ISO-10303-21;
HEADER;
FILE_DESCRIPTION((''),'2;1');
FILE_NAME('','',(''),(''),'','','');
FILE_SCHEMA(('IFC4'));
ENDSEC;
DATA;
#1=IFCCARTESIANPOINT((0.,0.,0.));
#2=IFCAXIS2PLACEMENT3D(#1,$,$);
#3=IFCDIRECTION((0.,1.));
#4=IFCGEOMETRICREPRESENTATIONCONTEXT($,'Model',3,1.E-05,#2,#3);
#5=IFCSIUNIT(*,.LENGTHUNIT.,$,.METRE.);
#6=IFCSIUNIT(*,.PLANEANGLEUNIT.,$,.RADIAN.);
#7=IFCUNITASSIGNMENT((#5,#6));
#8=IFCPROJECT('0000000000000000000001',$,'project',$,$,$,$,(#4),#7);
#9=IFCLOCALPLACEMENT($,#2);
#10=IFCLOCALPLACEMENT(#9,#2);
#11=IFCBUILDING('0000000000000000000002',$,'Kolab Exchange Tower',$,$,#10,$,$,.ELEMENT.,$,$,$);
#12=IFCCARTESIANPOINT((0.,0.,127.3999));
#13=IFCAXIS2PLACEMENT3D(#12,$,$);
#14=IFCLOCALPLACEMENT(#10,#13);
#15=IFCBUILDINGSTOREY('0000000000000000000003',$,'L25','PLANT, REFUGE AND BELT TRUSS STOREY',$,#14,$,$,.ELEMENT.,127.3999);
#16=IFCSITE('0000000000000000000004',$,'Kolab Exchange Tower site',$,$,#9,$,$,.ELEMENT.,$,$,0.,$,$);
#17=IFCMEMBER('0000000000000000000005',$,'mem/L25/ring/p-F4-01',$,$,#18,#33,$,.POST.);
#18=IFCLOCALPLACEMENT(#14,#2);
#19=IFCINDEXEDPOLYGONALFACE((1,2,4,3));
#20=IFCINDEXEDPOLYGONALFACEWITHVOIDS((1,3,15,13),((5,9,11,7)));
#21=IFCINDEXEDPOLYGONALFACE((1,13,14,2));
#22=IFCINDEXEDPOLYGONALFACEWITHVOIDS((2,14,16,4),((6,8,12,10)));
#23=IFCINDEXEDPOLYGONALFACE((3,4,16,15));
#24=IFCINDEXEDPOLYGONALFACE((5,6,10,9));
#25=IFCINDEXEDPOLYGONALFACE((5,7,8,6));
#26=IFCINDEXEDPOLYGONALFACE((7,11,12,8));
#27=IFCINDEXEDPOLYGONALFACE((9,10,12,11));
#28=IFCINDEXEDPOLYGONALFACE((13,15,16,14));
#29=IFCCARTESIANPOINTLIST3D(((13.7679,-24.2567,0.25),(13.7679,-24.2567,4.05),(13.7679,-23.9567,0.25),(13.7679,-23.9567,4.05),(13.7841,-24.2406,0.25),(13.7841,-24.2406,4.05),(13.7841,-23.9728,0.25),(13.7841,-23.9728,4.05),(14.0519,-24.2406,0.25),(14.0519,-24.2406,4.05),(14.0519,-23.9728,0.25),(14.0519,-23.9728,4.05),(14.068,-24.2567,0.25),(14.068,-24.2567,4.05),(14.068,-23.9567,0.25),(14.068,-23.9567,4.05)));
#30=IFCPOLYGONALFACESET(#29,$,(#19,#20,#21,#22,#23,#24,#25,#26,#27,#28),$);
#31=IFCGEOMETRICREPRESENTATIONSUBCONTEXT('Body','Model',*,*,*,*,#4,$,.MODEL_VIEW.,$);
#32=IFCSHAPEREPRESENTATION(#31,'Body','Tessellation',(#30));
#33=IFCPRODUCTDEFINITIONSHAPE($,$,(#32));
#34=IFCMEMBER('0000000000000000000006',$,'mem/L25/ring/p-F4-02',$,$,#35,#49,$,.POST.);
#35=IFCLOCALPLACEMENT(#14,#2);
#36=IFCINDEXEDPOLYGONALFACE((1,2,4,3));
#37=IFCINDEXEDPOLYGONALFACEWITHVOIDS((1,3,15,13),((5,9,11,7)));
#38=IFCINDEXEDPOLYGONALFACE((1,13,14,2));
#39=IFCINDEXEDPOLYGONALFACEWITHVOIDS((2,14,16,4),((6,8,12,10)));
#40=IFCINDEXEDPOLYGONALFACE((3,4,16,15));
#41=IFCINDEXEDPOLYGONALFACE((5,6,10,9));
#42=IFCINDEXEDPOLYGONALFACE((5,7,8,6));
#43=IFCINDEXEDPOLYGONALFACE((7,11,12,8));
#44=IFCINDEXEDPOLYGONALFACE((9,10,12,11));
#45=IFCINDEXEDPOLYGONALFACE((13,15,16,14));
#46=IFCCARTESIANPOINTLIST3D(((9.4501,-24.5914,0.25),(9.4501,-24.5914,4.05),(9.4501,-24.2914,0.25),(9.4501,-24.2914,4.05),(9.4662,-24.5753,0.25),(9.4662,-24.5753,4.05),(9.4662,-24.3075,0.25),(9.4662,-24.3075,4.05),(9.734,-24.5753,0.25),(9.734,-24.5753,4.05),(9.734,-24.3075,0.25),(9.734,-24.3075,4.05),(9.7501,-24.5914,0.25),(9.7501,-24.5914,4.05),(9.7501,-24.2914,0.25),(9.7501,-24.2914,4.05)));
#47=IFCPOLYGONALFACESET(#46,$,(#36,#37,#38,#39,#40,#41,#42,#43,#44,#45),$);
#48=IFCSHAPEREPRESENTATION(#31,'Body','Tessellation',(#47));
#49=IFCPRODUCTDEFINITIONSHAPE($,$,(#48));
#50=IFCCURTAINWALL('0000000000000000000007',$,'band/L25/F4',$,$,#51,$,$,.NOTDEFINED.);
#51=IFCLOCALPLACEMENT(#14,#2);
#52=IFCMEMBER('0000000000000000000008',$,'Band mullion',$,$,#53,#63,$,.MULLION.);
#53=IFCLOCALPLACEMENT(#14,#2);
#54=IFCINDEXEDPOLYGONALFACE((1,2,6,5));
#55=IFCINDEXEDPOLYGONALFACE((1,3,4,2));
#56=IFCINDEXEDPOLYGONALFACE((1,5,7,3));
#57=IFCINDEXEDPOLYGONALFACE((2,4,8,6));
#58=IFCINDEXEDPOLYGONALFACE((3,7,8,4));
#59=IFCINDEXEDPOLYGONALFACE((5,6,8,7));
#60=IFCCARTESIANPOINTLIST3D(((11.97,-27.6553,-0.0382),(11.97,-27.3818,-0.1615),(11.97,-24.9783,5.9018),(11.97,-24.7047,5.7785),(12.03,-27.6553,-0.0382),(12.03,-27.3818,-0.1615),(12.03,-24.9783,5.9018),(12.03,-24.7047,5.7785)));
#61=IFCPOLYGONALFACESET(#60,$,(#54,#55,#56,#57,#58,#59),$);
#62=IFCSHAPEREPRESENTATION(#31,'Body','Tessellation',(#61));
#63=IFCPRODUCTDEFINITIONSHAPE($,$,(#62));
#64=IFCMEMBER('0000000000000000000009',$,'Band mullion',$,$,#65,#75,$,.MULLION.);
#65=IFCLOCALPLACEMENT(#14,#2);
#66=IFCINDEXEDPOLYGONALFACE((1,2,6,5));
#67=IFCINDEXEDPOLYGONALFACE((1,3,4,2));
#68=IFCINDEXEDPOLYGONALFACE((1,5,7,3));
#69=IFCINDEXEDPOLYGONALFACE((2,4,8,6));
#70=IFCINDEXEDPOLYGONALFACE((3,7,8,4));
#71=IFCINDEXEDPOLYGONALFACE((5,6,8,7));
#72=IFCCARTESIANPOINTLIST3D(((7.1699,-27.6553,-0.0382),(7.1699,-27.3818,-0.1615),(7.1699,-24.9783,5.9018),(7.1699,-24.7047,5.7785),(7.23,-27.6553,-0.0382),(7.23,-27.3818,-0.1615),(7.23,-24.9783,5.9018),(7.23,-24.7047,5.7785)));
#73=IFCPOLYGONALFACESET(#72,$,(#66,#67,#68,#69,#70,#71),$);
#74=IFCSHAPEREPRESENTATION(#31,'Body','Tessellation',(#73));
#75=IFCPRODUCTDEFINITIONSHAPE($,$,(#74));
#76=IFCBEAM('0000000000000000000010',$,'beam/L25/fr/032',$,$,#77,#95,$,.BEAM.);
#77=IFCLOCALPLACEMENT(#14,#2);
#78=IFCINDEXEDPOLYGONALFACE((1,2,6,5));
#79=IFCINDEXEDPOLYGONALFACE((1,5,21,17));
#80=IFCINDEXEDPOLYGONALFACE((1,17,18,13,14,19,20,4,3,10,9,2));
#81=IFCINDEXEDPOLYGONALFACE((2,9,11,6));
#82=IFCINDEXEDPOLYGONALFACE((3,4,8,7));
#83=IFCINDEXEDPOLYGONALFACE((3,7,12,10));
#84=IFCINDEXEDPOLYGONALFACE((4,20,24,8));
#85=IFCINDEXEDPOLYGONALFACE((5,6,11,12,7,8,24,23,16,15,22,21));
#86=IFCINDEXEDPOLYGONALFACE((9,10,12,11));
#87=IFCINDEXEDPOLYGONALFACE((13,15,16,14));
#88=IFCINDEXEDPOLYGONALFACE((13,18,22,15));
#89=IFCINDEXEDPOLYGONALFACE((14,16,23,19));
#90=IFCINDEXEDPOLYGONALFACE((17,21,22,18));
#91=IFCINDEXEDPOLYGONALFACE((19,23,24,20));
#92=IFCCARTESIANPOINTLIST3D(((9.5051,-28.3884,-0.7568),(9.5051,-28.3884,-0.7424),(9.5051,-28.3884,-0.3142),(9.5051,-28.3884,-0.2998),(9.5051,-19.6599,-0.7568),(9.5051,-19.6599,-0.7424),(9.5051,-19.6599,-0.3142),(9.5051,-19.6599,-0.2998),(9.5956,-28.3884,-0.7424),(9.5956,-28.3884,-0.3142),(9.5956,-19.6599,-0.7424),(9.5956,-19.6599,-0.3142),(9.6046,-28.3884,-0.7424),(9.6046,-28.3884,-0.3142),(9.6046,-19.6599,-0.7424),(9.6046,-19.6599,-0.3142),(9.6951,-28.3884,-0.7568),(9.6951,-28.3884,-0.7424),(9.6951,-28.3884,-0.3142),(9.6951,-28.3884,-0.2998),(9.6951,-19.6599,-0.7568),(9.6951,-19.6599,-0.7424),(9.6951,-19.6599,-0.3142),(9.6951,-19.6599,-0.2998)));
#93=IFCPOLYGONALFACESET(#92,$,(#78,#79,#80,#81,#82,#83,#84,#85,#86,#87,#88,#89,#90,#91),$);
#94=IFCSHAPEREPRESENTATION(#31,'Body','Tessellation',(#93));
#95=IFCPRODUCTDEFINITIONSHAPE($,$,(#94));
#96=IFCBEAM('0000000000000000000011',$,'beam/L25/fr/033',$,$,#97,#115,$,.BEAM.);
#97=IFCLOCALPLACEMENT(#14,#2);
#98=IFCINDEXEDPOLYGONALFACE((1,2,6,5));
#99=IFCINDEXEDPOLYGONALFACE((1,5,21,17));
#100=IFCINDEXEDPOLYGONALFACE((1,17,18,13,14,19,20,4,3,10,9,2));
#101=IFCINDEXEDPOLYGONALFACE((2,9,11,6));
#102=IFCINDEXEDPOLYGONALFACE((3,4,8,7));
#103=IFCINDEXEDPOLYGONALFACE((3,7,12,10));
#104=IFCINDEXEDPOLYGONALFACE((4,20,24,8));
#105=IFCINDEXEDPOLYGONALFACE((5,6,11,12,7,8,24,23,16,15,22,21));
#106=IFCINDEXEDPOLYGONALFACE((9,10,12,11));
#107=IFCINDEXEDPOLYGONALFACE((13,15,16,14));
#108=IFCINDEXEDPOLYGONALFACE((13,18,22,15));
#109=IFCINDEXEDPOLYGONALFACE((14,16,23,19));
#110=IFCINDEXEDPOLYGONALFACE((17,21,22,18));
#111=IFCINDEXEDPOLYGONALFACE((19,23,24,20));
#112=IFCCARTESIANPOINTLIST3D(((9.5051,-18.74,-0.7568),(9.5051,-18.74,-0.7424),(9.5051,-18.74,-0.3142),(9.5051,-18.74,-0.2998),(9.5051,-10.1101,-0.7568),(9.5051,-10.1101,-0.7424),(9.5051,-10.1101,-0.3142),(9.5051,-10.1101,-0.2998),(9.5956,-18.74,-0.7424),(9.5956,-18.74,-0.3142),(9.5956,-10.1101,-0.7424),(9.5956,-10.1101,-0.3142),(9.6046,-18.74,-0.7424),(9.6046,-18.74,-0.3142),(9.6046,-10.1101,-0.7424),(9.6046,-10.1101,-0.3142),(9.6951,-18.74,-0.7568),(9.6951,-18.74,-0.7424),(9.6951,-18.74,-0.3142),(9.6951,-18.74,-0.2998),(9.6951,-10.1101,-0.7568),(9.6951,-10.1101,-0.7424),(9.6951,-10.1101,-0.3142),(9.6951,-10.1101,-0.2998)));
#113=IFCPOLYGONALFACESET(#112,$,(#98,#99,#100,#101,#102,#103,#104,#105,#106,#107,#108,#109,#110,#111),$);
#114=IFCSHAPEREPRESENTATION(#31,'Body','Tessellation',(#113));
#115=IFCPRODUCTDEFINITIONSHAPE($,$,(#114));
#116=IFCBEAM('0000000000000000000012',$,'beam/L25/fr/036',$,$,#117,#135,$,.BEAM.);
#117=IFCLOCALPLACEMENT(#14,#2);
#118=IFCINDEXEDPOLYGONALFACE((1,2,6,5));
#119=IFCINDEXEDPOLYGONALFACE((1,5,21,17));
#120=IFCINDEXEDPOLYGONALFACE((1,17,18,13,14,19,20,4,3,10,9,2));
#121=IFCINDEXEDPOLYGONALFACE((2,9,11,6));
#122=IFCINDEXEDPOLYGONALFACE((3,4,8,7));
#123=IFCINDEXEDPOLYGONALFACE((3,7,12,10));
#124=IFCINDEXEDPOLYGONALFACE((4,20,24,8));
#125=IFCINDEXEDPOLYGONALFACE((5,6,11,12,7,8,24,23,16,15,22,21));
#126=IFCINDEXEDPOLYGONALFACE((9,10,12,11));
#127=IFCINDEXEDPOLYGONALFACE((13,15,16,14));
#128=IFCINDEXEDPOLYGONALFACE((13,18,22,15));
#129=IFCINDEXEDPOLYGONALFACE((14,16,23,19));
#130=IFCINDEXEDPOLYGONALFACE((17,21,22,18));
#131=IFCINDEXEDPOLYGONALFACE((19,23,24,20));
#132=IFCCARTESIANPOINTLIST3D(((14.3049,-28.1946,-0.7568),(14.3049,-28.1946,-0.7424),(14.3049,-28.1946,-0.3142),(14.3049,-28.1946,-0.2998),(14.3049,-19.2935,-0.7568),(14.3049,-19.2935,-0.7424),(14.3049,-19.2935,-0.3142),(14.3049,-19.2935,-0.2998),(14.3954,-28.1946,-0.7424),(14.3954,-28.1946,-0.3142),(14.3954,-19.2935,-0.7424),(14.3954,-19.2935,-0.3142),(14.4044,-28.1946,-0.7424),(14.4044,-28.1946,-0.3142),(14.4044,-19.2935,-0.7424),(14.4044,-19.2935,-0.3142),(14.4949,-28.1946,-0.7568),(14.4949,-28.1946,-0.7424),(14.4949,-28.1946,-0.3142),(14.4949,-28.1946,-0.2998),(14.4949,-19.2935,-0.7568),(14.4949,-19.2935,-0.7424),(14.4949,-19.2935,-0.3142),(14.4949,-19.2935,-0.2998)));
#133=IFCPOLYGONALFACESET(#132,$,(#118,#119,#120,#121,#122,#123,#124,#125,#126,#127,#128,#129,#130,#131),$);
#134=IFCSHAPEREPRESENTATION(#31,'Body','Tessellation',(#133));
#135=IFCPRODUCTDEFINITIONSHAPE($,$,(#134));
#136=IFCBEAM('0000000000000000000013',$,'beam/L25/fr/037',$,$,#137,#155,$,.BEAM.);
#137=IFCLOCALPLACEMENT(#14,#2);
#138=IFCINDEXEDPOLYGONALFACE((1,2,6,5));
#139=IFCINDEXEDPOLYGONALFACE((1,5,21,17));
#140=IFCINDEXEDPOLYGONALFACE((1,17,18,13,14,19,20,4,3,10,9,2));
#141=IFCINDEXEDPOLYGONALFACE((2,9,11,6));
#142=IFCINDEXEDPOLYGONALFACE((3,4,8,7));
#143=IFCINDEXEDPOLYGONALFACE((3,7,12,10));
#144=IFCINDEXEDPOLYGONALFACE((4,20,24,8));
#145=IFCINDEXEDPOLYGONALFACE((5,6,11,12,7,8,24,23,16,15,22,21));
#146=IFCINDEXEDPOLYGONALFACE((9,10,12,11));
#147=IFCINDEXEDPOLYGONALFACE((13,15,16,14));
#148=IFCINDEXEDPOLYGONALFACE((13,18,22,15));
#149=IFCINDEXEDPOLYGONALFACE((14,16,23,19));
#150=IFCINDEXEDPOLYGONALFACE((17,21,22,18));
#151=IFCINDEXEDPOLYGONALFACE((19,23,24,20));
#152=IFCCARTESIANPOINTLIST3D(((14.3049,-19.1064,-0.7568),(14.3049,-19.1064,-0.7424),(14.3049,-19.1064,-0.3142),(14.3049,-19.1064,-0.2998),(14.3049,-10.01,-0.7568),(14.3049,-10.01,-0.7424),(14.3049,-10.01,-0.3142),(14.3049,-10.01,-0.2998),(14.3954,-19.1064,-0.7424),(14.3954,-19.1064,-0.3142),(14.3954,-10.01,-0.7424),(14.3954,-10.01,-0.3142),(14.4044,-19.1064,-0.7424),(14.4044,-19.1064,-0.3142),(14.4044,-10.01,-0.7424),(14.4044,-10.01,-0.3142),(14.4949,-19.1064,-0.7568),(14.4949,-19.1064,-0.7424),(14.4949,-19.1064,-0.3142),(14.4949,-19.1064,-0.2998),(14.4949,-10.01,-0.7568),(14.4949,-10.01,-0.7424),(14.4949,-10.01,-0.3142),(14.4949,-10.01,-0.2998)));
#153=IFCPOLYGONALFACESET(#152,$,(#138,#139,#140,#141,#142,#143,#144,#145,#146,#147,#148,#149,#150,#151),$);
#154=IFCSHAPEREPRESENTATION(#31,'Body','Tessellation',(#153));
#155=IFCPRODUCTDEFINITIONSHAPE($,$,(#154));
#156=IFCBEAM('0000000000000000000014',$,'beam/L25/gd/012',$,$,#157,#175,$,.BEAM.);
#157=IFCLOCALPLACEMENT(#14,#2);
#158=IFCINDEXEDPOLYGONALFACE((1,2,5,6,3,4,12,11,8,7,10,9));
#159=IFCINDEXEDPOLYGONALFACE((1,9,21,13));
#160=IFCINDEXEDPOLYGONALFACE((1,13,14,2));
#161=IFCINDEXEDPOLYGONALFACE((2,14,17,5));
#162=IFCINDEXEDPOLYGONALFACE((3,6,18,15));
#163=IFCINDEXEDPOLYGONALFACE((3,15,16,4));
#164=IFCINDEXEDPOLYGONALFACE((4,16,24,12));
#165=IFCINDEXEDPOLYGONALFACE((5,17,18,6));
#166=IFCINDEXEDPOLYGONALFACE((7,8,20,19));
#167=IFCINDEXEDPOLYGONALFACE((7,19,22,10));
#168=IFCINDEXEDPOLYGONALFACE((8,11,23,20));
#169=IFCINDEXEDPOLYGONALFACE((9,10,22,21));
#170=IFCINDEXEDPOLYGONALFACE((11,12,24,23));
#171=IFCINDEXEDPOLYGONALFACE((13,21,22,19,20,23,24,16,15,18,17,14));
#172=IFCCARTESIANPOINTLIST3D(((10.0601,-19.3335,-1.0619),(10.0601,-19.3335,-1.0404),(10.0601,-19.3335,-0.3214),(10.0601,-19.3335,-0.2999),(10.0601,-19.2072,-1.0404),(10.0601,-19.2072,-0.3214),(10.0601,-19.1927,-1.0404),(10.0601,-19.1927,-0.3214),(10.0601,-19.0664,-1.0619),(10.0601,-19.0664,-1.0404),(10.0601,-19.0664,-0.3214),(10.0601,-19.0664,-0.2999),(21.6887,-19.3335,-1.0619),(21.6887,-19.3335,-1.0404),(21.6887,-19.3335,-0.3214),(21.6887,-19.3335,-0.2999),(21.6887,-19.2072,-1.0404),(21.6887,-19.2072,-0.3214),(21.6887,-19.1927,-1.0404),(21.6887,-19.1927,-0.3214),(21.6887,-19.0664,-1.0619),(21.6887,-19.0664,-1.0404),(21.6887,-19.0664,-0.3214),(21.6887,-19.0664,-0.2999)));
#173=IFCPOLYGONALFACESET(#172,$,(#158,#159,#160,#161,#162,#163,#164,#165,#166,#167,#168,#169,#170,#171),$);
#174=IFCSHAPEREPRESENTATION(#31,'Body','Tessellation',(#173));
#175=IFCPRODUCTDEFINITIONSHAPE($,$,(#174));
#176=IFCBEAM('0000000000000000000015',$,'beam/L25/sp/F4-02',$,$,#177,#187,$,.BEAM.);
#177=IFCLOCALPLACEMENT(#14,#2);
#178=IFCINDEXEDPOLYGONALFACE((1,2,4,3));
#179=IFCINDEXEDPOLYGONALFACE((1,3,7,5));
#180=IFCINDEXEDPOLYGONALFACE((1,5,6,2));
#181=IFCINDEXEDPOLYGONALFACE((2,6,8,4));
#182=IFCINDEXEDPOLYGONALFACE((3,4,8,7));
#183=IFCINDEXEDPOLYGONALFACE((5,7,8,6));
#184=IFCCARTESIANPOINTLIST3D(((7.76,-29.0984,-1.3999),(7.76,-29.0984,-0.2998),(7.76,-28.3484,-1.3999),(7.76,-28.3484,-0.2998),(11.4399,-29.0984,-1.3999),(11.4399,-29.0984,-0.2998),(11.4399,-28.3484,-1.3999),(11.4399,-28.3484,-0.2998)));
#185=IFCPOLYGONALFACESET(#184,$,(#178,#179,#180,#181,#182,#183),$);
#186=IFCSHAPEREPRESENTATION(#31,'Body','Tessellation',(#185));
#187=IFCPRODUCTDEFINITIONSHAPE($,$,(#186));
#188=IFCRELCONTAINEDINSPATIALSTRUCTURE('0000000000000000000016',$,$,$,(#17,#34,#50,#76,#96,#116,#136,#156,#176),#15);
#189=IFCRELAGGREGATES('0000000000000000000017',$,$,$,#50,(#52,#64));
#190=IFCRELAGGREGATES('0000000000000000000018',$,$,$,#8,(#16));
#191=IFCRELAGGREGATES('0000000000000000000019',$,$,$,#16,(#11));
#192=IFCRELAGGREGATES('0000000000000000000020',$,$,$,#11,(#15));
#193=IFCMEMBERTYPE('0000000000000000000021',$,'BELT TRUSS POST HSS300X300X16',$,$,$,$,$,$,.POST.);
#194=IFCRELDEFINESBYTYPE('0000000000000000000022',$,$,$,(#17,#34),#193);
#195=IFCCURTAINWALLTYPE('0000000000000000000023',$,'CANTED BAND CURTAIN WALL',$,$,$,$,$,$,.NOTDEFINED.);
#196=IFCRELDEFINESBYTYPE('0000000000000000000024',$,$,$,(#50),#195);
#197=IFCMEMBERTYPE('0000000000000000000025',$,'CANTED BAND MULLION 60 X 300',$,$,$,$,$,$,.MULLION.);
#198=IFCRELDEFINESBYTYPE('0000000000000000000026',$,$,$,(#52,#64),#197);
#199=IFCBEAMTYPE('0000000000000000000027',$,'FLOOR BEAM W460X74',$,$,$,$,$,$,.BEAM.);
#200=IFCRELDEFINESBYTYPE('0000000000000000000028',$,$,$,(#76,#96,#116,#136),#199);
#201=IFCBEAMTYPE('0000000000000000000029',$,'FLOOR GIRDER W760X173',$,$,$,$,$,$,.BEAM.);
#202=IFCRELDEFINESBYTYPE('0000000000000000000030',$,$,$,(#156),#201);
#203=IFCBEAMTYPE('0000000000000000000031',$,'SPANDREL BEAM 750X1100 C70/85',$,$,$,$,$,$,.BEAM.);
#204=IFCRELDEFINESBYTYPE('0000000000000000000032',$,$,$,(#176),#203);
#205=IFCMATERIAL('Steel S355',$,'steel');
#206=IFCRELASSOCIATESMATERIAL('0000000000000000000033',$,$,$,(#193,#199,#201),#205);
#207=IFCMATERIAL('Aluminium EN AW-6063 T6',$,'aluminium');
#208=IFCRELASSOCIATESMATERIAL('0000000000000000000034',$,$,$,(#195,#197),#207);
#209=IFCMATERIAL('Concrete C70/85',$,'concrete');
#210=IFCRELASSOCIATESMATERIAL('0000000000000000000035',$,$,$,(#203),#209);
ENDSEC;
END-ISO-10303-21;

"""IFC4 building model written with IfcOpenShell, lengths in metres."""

from ifc_helpers import new_model, si_unit, direction, frame, origin, origin_2d, place, context, subcontext, project, spatial, rectangle, hollow_rectangle, i_section, extrude, material, material_profile, profile_set, type_object, element, aggregate, save


model = new_model("IFC4")

# Units and contexts
model_context = context("Model", 3, precision=1e-05, world=origin(), true_north=direction((0.0, 1.0)))
body_context = subcontext(model_context, "Body", "Model", "MODEL_VIEW")
ifc_project = project(units=[si_unit("LENGTHUNIT", "METRE"), si_unit("PLANEANGLEUNIT", "RADIAN")], contexts=[model_context])

# Site, building, storey
site_placement = place(None, origin())
site = spatial("IfcSite", under=ifc_project, at=site_placement, Name="Kolab Exchange Tower site", CompositionType="ELEMENT", RefElevation=0.0)
building_placement = place(site_placement, origin())
building = spatial("IfcBuilding", under=site, at=building_placement, Name="Kolab Exchange Tower", CompositionType="ELEMENT")
storey_placement = place(building_placement, frame((0.0, 0.0, 127.3999)))
storey = spatial("IfcBuildingStorey", under=building, at=storey_placement, Name="L25", Description="PLANT, REFUGE AND BELT TRUSS STOREY", CompositionType="ELEMENT", Elevation=127.3999)

# Shared definitions
ifc_material_1 = material(Name="Concrete C70/85", Category="concrete")

# Shared definitions
ifc_material_2 = material(Name="Steel S355", Category="steel")

# Members
ifc_material_profile_1 = material_profile(ifc_material_2, hollow_rectangle(XDim=0.3, YDim=0.3, WallThickness=0.0161, at=origin_2d()), Name="HSS300X300X16")
ifc_profile_set_1 = profile_set([ifc_material_profile_1], Name="Steel S355")
member_type_1 = type_object("IfcMemberType", Name="BELT TRUSS POST HSS300X300X16", PredefinedType="POST", material=ifc_profile_set_1)
for number, where, z_axis, x_axis, name in (
    (1, (13.918, -24.1067, 0.25), (0.0, 0.0, 1.0), (1.0, 0.0, 0.0), "mem/L25/ring/p-F4-01"),
    (2, (9.6001, -24.4414, 0.25), (0.0, 0.0, 1.0), (1.0, 0.0, 0.0), "mem/L25/ring/p-F4-02"),
):
    element("IfcMember", number, at=place(storey_placement, frame(where, z_axis=z_axis, x_axis=x_axis)), inside=storey, type_object=member_type_1, Name=name, PredefinedType="POST", context=body_context, shape_type="SweptSolid", body=[
        extrude(hollow_rectangle(XDim=0.3, YDim=0.3, WallThickness=0.0161, at=origin_2d()), origin(), (0.0, 0.0, 1.0), 3.8),
    ])

# Curtain wall, members
ifc_material_3 = material(Name="Aluminium EN AW-6063 T6", Category="aluminium")
curtain_wall_type = type_object("IfcCurtainWallType", Name="CANTED BAND CURTAIN WALL", PredefinedType="NOTDEFINED", material=ifc_material_3)
curtain_wall_placement = place(storey_placement, origin())
curtain_wall = element("IfcCurtainWall", 3, at=curtain_wall_placement, inside=storey, type_object=curtain_wall_type, Name="band/L25/F4", PredefinedType="NOTDEFINED")
ifc_material_profile_2 = material_profile(ifc_material_3, rectangle(XDim=0.0601, YDim=0.3, at=origin_2d()), Name="RECT 60X300")
ifc_profile_set_2 = profile_set([ifc_material_profile_2], Name="Aluminium EN AW-6063 T6")
member_type_2 = type_object("IfcMemberType", Name="CANTED BAND MULLION 60 X 300", PredefinedType="MULLION", material=ifc_profile_set_2)
member_1_placement = place(storey_placement, frame((12.0, -27.5186, -0.0999), z_axis=(0.0, 0.410879, 0.91169), x_axis=(-1.0, 0.0, 0.0)))
member_1 = element("IfcMember", 4, at=member_1_placement, type_object=member_type_2, Name="Band mullion", PredefinedType="MULLION", context=body_context, shape_type="SweptSolid", body=[
    extrude(rectangle(XDim=0.0601, YDim=0.3, at=origin_2d()), origin(), (0.0, 0.0, 1.0), 6.5154),
])
member_2_placement = place(storey_placement, frame((7.2, -27.5186, -0.0999), z_axis=(0.0, 0.410879, 0.91169), x_axis=(-1.0, 0.0, 0.0)))
member_2 = element("IfcMember", 5, at=member_2_placement, type_object=member_type_2, Name="Band mullion", PredefinedType="MULLION", context=body_context, shape_type="SweptSolid", body=[
    extrude(rectangle(XDim=0.0601, YDim=0.3, at=origin_2d()), origin(), (0.0, 0.0, 1.0), 6.5154),
])

# Beams
ifc_material_profile_3 = material_profile(ifc_material_2, i_section(OverallWidth=0.1899, OverallDepth=0.457, WebThickness=0.009, FlangeThickness=0.0144, at=origin_2d()), Name="W460X74")
ifc_profile_set_3 = profile_set([ifc_material_profile_3], Name="Steel S355")
beam_type_1 = type_object("IfcBeamType", Name="FLOOR BEAM W460X74", PredefinedType="BEAM", material=ifc_profile_set_3)
beam_1_placement = place(storey_placement, frame((9.6001, -28.3884, -0.5283), z_axis=(0.0, 1.0, 0.0), x_axis=(-1.0, 0.0, 0.0)))
element("IfcBeam", 6, at=beam_1_placement, inside=storey, type_object=beam_type_1, Name="beam/L25/fr/032", PredefinedType="BEAM", context=body_context, shape_type="SweptSolid", body=[
    extrude(i_section(OverallWidth=0.1899, OverallDepth=0.457, WebThickness=0.009, FlangeThickness=0.0144, at=origin_2d()), origin(), (0.0, 0.0, 1.0), 8.7285),
])
beam_2_placement = place(storey_placement, frame((9.6001, -18.74, -0.5283), z_axis=(0.0, 1.0, 0.0), x_axis=(-1.0, 0.0, 0.0)))
element("IfcBeam", 7, at=beam_2_placement, inside=storey, type_object=beam_type_1, Name="beam/L25/fr/033", PredefinedType="BEAM", context=body_context, shape_type="SweptSolid", body=[
    extrude(i_section(OverallWidth=0.1899, OverallDepth=0.457, WebThickness=0.009, FlangeThickness=0.0144, at=origin_2d()), origin(), (0.0, 0.0, 1.0), 8.6299),
])
beam_3_placement = place(storey_placement, frame((14.3999, -28.1946, -0.5283), z_axis=(0.0, 1.0, 0.0), x_axis=(-1.0, 0.0, 0.0)))
element("IfcBeam", 8, at=beam_3_placement, inside=storey, type_object=beam_type_1, Name="beam/L25/fr/036", PredefinedType="BEAM", context=body_context, shape_type="SweptSolid", body=[
    extrude(i_section(OverallWidth=0.1899, OverallDepth=0.457, WebThickness=0.009, FlangeThickness=0.0144, at=origin_2d()), origin(), (0.0, 0.0, 1.0), 8.9011),
])
beam_4_placement = place(storey_placement, frame((14.3999, -19.1064, -0.5283), z_axis=(0.0, 1.0, 0.0), x_axis=(-1.0, 0.0, 0.0)))
element("IfcBeam", 9, at=beam_4_placement, inside=storey, type_object=beam_type_1, Name="beam/L25/fr/037", PredefinedType="BEAM", context=body_context, shape_type="SweptSolid", body=[
    extrude(i_section(OverallWidth=0.1899, OverallDepth=0.457, WebThickness=0.009, FlangeThickness=0.0144, at=origin_2d()), origin(), (0.0, 0.0, 1.0), 9.0964),
])
ifc_material_profile_4 = material_profile(ifc_material_2, i_section(OverallWidth=0.2671, OverallDepth=0.762, WebThickness=0.0144, FlangeThickness=0.0215, at=origin_2d()), Name="W760X173")
ifc_profile_set_4 = profile_set([ifc_material_profile_4], Name="Steel S355")
beam_type_2 = type_object("IfcBeamType", Name="FLOOR GIRDER W760X173", PredefinedType="BEAM", material=ifc_profile_set_4)
beam_5_placement = place(storey_placement, frame((10.0601, -19.2, -0.6809), z_axis=(1.0, 0.0, 0.0), x_axis=(0.0, 1.0, 0.0)))
element("IfcBeam", 10, at=beam_5_placement, inside=storey, type_object=beam_type_2, Name="beam/L25/gd/012", PredefinedType="BEAM", context=body_context, shape_type="SweptSolid", body=[
    extrude(i_section(OverallWidth=0.2671, OverallDepth=0.762, WebThickness=0.0144, FlangeThickness=0.0215, at=origin_2d()), origin(), (0.0, 0.0, 1.0), 11.6287),
])
ifc_material_profile_5 = material_profile(ifc_material_1, rectangle(XDim=0.75, YDim=1.1001, at=origin_2d()), Name="RC750X1100")
ifc_profile_set_5 = profile_set([ifc_material_profile_5], Name="Concrete C70/85")
beam_type_3 = type_object("IfcBeamType", Name="SPANDREL BEAM 750X1100 C70/85", PredefinedType="BEAM", material=ifc_profile_set_5)
for number, where, z_axis, x_axis, name in (
    (11, (11.4399, -28.7234, -0.8499), (-1.0, 0.0, 0.0), (0.0, -1.0, 0.0), "beam/L25/sp/F4-02"),
):
    element("IfcBeam", number, at=place(storey_placement, frame(where, z_axis=z_axis, x_axis=x_axis)), inside=storey, type_object=beam_type_3, Name=name, PredefinedType="BEAM", context=body_context, shape_type="SweptSolid", body=[
        extrude(rectangle(XDim=0.75, YDim=1.1001, at=origin_2d()), origin(), (0.0, 0.0, 1.0), 3.6799),
    ])

aggregate(curtain_wall, [member_1, member_2])

save(model, "model.ifc")
